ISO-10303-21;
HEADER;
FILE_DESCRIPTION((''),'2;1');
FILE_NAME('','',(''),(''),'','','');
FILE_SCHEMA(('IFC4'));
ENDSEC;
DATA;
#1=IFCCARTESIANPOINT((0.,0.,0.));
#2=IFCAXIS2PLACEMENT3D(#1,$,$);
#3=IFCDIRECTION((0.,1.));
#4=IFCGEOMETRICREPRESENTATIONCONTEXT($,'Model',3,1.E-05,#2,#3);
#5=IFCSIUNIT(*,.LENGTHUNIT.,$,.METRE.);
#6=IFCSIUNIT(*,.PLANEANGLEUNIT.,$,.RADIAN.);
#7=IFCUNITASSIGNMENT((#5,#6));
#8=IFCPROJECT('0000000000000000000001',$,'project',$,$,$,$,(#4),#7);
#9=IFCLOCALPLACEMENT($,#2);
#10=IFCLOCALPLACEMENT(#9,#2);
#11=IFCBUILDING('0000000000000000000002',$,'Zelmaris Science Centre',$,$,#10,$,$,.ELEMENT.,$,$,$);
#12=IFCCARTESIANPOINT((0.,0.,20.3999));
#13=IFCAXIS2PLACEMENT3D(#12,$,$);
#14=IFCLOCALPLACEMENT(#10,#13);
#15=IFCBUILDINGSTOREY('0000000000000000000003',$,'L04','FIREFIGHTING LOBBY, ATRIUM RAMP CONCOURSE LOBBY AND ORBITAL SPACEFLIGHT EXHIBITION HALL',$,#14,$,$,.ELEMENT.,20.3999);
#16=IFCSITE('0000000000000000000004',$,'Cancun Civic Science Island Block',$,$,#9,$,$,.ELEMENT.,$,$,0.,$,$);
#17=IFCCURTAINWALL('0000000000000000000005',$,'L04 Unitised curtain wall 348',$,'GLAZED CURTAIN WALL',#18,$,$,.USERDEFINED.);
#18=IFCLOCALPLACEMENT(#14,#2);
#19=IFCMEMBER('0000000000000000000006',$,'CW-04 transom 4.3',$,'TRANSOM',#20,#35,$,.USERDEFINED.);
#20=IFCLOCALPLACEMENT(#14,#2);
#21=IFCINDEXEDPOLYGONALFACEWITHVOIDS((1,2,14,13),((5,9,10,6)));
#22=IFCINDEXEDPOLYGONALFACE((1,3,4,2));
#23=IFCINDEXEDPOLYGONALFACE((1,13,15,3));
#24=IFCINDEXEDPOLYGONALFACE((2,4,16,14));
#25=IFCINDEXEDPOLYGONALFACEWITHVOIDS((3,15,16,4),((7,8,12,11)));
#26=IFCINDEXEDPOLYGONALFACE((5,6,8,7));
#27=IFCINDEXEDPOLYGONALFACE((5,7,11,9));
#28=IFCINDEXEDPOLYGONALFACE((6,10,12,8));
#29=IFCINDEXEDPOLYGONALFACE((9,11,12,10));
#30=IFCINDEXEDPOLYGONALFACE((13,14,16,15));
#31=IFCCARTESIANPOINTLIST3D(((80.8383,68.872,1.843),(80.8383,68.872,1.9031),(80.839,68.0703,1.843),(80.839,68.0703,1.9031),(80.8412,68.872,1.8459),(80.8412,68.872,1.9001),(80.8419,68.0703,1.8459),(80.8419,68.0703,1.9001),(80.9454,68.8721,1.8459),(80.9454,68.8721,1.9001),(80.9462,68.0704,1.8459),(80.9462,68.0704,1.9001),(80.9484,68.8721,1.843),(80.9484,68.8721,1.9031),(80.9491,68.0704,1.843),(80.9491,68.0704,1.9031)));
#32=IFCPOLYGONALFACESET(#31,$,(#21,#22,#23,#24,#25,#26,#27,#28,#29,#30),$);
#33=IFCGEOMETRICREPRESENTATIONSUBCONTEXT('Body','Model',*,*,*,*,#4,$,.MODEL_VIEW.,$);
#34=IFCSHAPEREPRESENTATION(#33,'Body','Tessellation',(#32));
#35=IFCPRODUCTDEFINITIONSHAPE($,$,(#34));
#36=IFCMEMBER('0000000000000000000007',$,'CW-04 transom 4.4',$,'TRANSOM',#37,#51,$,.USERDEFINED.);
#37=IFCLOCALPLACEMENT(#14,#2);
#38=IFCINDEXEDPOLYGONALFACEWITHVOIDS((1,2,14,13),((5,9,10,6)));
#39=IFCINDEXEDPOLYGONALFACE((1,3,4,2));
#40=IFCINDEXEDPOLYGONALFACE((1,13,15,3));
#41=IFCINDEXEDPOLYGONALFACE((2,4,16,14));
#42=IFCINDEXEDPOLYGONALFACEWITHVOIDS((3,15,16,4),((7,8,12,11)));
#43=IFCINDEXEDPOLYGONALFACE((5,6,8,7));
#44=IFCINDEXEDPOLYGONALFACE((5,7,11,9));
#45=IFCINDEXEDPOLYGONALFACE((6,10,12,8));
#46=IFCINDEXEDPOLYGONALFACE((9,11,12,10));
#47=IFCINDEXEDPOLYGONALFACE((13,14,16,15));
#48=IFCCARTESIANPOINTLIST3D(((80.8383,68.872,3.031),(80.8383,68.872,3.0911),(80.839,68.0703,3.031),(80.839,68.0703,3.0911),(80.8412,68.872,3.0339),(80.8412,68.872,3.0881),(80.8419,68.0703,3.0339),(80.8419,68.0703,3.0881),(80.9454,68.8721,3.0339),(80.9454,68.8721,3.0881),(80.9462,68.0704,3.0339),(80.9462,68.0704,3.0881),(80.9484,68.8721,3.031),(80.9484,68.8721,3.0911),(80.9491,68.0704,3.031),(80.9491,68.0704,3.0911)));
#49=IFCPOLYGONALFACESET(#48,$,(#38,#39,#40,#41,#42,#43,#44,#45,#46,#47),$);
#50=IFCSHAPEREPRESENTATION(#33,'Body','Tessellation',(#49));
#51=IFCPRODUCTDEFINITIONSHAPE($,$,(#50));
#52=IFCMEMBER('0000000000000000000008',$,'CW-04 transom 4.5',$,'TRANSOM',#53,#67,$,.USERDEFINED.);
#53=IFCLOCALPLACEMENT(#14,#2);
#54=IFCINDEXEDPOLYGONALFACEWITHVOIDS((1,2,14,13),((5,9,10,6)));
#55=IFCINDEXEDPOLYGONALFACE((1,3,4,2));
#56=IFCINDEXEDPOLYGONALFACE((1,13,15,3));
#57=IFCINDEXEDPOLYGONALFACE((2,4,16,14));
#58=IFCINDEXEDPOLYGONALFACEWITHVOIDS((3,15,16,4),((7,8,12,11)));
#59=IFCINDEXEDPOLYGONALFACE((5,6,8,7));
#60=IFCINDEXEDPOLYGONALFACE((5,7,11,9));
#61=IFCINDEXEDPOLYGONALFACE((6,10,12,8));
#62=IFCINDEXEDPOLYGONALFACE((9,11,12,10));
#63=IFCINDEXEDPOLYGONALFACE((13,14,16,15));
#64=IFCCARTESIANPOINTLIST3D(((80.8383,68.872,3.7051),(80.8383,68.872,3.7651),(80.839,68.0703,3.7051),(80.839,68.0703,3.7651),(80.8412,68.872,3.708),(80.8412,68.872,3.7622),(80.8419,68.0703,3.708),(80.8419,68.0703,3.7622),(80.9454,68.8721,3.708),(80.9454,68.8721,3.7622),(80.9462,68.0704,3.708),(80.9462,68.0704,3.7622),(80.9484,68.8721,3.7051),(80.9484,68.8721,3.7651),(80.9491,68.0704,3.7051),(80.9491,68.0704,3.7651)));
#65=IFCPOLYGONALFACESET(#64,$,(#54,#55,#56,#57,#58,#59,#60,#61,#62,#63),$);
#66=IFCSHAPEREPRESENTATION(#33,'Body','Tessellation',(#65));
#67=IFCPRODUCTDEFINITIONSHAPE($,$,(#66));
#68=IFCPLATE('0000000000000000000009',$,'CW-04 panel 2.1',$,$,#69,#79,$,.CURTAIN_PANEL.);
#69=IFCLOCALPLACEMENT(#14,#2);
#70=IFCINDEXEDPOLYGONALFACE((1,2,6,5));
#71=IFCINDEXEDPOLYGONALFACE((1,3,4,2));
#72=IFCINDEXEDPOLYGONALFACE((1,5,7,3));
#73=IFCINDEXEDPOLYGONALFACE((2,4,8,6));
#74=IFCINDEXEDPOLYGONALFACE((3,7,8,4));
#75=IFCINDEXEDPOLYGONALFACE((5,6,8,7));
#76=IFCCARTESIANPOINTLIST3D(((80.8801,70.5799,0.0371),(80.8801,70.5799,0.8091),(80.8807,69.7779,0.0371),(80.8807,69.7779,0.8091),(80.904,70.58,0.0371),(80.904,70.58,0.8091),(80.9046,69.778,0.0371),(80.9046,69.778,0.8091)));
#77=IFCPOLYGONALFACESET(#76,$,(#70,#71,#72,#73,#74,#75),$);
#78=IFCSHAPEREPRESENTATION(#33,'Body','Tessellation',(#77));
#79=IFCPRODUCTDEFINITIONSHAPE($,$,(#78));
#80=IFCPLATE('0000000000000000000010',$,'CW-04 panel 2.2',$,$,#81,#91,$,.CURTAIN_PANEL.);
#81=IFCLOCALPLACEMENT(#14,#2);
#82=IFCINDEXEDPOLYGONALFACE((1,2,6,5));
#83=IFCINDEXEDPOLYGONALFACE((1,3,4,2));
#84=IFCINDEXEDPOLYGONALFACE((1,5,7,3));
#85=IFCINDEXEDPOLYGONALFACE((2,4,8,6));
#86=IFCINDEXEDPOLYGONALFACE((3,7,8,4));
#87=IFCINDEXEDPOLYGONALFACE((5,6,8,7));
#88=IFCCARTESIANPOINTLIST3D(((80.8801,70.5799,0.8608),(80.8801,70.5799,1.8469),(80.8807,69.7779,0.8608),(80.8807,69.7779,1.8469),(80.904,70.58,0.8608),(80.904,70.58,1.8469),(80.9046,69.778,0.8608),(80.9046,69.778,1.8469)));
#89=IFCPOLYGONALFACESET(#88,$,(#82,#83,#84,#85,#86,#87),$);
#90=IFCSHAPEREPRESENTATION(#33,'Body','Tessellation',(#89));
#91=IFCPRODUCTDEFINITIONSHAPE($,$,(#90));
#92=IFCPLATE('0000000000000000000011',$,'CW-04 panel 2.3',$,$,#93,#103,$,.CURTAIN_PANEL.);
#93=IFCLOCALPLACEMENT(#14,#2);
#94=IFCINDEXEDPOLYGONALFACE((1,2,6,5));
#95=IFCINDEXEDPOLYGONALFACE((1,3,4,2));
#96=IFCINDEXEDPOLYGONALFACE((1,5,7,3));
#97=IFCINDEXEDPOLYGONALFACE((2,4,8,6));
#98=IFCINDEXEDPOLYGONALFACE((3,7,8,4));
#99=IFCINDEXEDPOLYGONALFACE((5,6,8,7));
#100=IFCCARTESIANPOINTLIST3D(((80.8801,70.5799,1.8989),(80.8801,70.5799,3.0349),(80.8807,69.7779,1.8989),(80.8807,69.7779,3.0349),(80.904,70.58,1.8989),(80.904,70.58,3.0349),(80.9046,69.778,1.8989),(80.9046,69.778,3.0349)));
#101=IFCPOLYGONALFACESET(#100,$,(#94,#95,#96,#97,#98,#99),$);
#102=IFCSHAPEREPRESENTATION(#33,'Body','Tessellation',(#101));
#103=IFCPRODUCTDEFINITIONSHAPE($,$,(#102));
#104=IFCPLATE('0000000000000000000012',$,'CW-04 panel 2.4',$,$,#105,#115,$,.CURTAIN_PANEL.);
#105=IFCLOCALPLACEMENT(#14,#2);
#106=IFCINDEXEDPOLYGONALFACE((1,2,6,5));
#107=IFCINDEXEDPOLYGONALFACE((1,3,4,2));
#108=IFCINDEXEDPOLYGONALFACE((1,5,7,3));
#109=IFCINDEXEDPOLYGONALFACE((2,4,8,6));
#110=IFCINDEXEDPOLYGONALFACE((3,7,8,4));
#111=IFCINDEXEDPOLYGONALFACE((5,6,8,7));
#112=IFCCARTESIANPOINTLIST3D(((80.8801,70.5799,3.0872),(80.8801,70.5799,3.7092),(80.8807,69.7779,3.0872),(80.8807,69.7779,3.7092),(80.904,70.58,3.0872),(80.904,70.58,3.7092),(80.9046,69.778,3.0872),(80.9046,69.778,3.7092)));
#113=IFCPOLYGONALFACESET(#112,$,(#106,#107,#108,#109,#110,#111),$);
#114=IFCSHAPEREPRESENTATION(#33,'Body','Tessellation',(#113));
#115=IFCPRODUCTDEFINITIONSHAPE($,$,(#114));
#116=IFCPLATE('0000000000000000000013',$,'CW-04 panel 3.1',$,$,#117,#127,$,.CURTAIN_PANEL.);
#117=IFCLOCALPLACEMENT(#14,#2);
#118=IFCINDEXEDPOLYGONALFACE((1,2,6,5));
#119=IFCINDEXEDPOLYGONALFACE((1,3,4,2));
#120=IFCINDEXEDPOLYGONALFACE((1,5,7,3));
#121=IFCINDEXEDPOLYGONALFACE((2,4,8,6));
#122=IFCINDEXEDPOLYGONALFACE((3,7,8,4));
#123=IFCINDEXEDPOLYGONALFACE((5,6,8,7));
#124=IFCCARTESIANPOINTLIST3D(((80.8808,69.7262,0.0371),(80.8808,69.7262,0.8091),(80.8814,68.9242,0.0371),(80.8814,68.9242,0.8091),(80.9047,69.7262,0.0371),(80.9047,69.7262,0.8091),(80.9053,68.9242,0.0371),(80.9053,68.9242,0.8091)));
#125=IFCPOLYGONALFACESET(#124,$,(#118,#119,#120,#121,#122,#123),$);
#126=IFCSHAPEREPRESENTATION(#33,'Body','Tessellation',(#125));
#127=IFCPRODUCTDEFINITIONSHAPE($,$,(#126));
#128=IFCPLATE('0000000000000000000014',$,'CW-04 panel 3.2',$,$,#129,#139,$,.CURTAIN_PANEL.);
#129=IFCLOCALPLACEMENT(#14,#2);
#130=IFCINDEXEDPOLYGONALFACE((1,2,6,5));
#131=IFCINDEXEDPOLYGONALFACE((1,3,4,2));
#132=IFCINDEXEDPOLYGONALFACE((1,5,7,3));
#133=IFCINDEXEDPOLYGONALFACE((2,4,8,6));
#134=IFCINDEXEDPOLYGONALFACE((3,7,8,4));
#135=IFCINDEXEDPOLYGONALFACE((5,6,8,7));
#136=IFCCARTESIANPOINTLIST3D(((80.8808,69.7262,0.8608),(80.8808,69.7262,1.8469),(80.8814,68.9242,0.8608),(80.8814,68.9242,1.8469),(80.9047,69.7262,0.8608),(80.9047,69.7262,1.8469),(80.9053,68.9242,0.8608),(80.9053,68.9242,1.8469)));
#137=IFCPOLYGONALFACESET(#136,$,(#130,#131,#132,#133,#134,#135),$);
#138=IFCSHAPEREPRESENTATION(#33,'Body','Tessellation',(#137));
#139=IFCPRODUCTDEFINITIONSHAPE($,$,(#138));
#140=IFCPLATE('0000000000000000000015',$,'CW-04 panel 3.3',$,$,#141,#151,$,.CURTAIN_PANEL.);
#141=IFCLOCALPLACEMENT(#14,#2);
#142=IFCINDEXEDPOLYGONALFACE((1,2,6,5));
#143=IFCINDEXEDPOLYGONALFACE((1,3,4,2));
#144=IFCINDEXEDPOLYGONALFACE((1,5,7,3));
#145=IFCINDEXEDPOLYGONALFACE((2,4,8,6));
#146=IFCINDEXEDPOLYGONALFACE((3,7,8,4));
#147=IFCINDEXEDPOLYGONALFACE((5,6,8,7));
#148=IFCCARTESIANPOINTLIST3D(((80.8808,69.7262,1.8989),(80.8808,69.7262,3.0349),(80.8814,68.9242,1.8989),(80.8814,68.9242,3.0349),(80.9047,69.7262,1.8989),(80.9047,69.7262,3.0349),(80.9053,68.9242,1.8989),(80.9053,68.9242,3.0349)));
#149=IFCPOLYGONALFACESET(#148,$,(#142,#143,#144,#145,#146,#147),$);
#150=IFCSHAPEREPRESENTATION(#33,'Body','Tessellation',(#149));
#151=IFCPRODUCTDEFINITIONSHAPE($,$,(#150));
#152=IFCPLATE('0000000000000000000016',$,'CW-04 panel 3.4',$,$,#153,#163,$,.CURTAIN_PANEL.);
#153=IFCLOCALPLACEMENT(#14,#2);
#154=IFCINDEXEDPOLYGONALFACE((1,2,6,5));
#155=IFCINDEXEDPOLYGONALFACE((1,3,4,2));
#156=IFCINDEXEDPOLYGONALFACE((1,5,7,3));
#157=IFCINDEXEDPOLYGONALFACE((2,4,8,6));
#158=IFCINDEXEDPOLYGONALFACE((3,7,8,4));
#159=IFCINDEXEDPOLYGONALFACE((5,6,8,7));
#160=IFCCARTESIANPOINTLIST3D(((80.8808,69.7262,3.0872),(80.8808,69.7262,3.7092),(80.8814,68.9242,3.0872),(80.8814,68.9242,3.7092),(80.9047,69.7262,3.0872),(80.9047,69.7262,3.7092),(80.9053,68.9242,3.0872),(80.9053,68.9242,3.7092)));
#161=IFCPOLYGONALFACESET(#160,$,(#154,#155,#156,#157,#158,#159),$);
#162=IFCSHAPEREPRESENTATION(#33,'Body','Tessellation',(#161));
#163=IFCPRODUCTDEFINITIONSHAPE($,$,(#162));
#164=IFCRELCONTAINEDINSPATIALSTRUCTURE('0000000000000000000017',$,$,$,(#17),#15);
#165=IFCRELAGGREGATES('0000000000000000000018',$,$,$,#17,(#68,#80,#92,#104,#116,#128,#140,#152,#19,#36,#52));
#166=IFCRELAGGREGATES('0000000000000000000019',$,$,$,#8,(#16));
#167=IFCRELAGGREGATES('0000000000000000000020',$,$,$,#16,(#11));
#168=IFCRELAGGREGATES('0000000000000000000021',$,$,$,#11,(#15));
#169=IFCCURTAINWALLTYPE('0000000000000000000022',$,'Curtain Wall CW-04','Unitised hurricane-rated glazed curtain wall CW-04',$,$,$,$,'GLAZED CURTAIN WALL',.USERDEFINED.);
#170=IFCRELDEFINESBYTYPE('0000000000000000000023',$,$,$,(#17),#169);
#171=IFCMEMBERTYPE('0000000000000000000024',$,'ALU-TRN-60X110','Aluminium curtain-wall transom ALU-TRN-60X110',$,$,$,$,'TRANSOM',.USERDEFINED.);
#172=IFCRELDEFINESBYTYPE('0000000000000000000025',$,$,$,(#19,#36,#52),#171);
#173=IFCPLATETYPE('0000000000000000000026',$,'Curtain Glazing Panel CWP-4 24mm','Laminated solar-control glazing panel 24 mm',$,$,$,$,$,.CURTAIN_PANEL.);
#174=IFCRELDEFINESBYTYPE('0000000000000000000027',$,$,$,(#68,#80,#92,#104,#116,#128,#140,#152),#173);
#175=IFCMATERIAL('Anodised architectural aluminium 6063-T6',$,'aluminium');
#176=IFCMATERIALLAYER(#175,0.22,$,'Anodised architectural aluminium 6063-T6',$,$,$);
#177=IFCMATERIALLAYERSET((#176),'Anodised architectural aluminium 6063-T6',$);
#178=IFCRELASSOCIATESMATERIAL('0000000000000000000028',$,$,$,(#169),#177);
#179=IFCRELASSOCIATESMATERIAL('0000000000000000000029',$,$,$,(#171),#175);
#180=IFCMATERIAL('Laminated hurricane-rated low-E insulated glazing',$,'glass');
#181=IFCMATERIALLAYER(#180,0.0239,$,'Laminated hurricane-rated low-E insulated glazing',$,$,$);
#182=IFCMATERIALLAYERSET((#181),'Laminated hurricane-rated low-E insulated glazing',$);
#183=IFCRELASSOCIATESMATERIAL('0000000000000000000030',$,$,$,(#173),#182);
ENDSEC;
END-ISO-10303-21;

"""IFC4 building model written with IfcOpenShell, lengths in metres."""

from ifc_helpers import new_model, si_unit, direction, frame, origin, origin_2d, place, context, subcontext, project, spatial, rectangle, hollow_rectangle, extrude, material, layer, layer_set, material_profile, profile_set, type_object, element, aggregate, save


model = new_model("IFC4")

# Units and contexts
model_context = context("Model", 3, precision=1e-05, world=origin(), true_north=direction((0.0, 1.0)))
body_context = subcontext(model_context, "Body", "Model", "MODEL_VIEW")
ifc_project = project(units=[si_unit("LENGTHUNIT", "METRE"), si_unit("PLANEANGLEUNIT", "RADIAN")], contexts=[model_context])

# Site, building, storey
site_placement = place(None, origin())
site = spatial("IfcSite", under=ifc_project, at=site_placement, Name="Cancun Civic Science Island Block", CompositionType="ELEMENT", RefElevation=0.0)
building_placement = place(site_placement, origin())
building = spatial("IfcBuilding", under=site, at=building_placement, Name="Zelmaris Science Centre", CompositionType="ELEMENT")
storey_placement = place(building_placement, frame((0.0, 0.0, 20.3999)))
storey = spatial("IfcBuildingStorey", under=building, at=storey_placement, Name="L04", Description="FIREFIGHTING LOBBY, ATRIUM RAMP CONCOURSE LOBBY AND ORBITAL SPACEFLIGHT EXHIBITION HALL", CompositionType="ELEMENT", Elevation=20.3999)

# Curtain wall, members, plates
ifc_material_1 = material(Name="Anodised architectural aluminium 6063-T6", Category="aluminium")
ifc_layer_1 = layer(ifc_material_1, 0.22, Name="Anodised architectural aluminium 6063-T6")
ifc_layer_set_1 = layer_set([ifc_layer_1], Name="Anodised architectural aluminium 6063-T6")
curtain_wall_type = type_object("IfcCurtainWallType", Name="Curtain Wall CW-04", Description="Unitised hurricane-rated glazed curtain wall CW-04", ElementType="GLAZED CURTAIN WALL", PredefinedType="USERDEFINED", material=ifc_layer_set_1)
curtain_wall_placement = place(storey_placement, origin())
curtain_wall = element("IfcCurtainWall", 1, at=curtain_wall_placement, inside=storey, type_object=curtain_wall_type, Name="L04 Unitised curtain wall 348", ObjectType="GLAZED CURTAIN WALL", PredefinedType="USERDEFINED")
ifc_material_profile_1 = material_profile(ifc_material_1, hollow_rectangle(XDim=0.0601, YDim=0.1101, WallThickness=0.0029, at=origin_2d()), Name="ALU-TRN-60X110")
ifc_profile_set_1 = profile_set([ifc_material_profile_1], Name="Anodised architectural aluminium 6063-T6")
member_type_1 = type_object("IfcMemberType", Name="ALU-TRN-60X110", Description="Aluminium curtain-wall transom ALU-TRN-60X110", ElementType="TRANSOM", PredefinedType="USERDEFINED", material=ifc_profile_set_1)
member_1_placement = place(storey_placement, frame((80.8933, 68.8721, 1.873), z_axis=(0.000914, -1.0, 0.0), x_axis=(0.0, 0.0, 1.0)))
member_1 = element("IfcMember", 2, at=member_1_placement, type_object=member_type_1, Name="CW-04 transom 4.3", ObjectType="TRANSOM", PredefinedType="USERDEFINED", context=body_context, shape_type="SweptSolid", body=[
    extrude(hollow_rectangle(XDim=0.0601, YDim=0.1101, WallThickness=0.0029, at=origin_2d()), origin(), (0.0, 0.0, 1.0), 0.8018),
])
member_2_placement = place(storey_placement, frame((80.8933, 68.8721, 3.061), z_axis=(0.000914, -1.0, 0.0), x_axis=(0.0, 0.0, 1.0)))
member_2 = element("IfcMember", 3, at=member_2_placement, type_object=member_type_1, Name="CW-04 transom 4.4", ObjectType="TRANSOM", PredefinedType="USERDEFINED", context=body_context, shape_type="SweptSolid", body=[
    extrude(hollow_rectangle(XDim=0.0601, YDim=0.1101, WallThickness=0.0029, at=origin_2d()), origin(), (0.0, 0.0, 1.0), 0.8018),
])
member_3_placement = place(storey_placement, frame((80.8933, 68.8721, 3.7351), z_axis=(0.000914, -1.0, 0.0), x_axis=(0.0, 0.0, 1.0)))
member_3 = element("IfcMember", 4, at=member_3_placement, type_object=member_type_1, Name="CW-04 transom 4.5", ObjectType="TRANSOM", PredefinedType="USERDEFINED", context=body_context, shape_type="SweptSolid", body=[
    extrude(hollow_rectangle(XDim=0.0601, YDim=0.1101, WallThickness=0.0029, at=origin_2d()), origin(), (0.0, 0.0, 1.0), 0.8018),
])
ifc_material_2 = material(Name="Laminated hurricane-rated low-E insulated glazing", Category="glass")
ifc_layer_2 = layer(ifc_material_2, 0.0239, Name="Laminated hurricane-rated low-E insulated glazing")
ifc_layer_set_2 = layer_set([ifc_layer_2], Name="Laminated hurricane-rated low-E insulated glazing")
plate_type = type_object("IfcPlateType", Name="Curtain Glazing Panel CWP-4 24mm", Description="Laminated solar-control glazing panel 24 mm", PredefinedType="CURTAIN_PANEL", material=ifc_layer_set_2)
plate_1_placement = place(storey_placement, frame((80.8923, 70.179, 0.0371), z_axis=(0.0, 0.0, 1.0), x_axis=(0.000781, -1.0, 0.0)))
plate_1 = element("IfcPlate", 5, at=plate_1_placement, type_object=plate_type, Name="CW-04 panel 2.1", PredefinedType="CURTAIN_PANEL", context=body_context, shape_type="SweptSolid", body=[
    extrude(rectangle(XDim=0.802, YDim=0.0239, at=origin_2d()), origin(), (0.0, 0.0, 1.0), 0.772),
])
plate_2_placement = place(storey_placement, frame((80.8923, 70.179, 0.8608), z_axis=(0.0, 0.0, 1.0), x_axis=(0.000781, -1.0, 0.0)))
plate_2 = element("IfcPlate", 6, at=plate_2_placement, type_object=plate_type, Name="CW-04 panel 2.2", PredefinedType="CURTAIN_PANEL", context=body_context, shape_type="SweptSolid", body=[
    extrude(rectangle(XDim=0.802, YDim=0.0239, at=origin_2d()), origin(), (0.0, 0.0, 1.0), 0.9861),
])
plate_3_placement = place(storey_placement, frame((80.8923, 70.179, 1.8989), z_axis=(0.0, 0.0, 1.0), x_axis=(0.000781, -1.0, 0.0)))
plate_3 = element("IfcPlate", 7, at=plate_3_placement, type_object=plate_type, Name="CW-04 panel 2.3", PredefinedType="CURTAIN_PANEL", context=body_context, shape_type="SweptSolid", body=[
    extrude(rectangle(XDim=0.802, YDim=0.0239, at=origin_2d()), origin(), (0.0, 0.0, 1.0), 1.136),
])
plate_4_placement = place(storey_placement, frame((80.8923, 70.179, 3.0872), z_axis=(0.0, 0.0, 1.0), x_axis=(0.000781, -1.0, 0.0)))
plate_4 = element("IfcPlate", 8, at=plate_4_placement, type_object=plate_type, Name="CW-04 panel 2.4", PredefinedType="CURTAIN_PANEL", context=body_context, shape_type="SweptSolid", body=[
    extrude(rectangle(XDim=0.802, YDim=0.0239, at=origin_2d()), origin(), (0.0, 0.0, 1.0), 0.6221),
])
plate_5_placement = place(storey_placement, frame((80.8931, 69.3252, 0.0371), z_axis=(0.0, 0.0, 1.0), x_axis=(0.000781, -1.0, 0.0)))
plate_5 = element("IfcPlate", 9, at=plate_5_placement, type_object=plate_type, Name="CW-04 panel 3.1", PredefinedType="CURTAIN_PANEL", context=body_context, shape_type="SweptSolid", body=[
    extrude(rectangle(XDim=0.802, YDim=0.0239, at=origin_2d()), origin(), (0.0, 0.0, 1.0), 0.772),
])
plate_6_placement = place(storey_placement, frame((80.8931, 69.3252, 0.8608), z_axis=(0.0, 0.0, 1.0), x_axis=(0.000781, -1.0, 0.0)))
plate_6 = element("IfcPlate", 10, at=plate_6_placement, type_object=plate_type, Name="CW-04 panel 3.2", PredefinedType="CURTAIN_PANEL", context=body_context, shape_type="SweptSolid", body=[
    extrude(rectangle(XDim=0.802, YDim=0.0239, at=origin_2d()), origin(), (0.0, 0.0, 1.0), 0.9861),
])
plate_7_placement = place(storey_placement, frame((80.8931, 69.3252, 1.8989), z_axis=(0.0, 0.0, 1.0), x_axis=(0.000781, -1.0, 0.0)))
plate_7 = element("IfcPlate", 11, at=plate_7_placement, type_object=plate_type, Name="CW-04 panel 3.3", PredefinedType="CURTAIN_PANEL", context=body_context, shape_type="SweptSolid", body=[
    extrude(rectangle(XDim=0.802, YDim=0.0239, at=origin_2d()), origin(), (0.0, 0.0, 1.0), 1.136),
])
plate_8_placement = place(storey_placement, frame((80.8931, 69.3252, 3.0872), z_axis=(0.0, 0.0, 1.0), x_axis=(0.000781, -1.0, 0.0)))
plate_8 = element("IfcPlate", 12, at=plate_8_placement, type_object=plate_type, Name="CW-04 panel 3.4", PredefinedType="CURTAIN_PANEL", context=body_context, shape_type="SweptSolid", body=[
    extrude(rectangle(XDim=0.802, YDim=0.0239, at=origin_2d()), origin(), (0.0, 0.0, 1.0), 0.6221),
])
aggregate(curtain_wall, [plate_1, plate_2, plate_3, plate_4, plate_5, plate_6, plate_7, plate_8, member_1, member_2, member_3])

save(model, "model.ifc")
